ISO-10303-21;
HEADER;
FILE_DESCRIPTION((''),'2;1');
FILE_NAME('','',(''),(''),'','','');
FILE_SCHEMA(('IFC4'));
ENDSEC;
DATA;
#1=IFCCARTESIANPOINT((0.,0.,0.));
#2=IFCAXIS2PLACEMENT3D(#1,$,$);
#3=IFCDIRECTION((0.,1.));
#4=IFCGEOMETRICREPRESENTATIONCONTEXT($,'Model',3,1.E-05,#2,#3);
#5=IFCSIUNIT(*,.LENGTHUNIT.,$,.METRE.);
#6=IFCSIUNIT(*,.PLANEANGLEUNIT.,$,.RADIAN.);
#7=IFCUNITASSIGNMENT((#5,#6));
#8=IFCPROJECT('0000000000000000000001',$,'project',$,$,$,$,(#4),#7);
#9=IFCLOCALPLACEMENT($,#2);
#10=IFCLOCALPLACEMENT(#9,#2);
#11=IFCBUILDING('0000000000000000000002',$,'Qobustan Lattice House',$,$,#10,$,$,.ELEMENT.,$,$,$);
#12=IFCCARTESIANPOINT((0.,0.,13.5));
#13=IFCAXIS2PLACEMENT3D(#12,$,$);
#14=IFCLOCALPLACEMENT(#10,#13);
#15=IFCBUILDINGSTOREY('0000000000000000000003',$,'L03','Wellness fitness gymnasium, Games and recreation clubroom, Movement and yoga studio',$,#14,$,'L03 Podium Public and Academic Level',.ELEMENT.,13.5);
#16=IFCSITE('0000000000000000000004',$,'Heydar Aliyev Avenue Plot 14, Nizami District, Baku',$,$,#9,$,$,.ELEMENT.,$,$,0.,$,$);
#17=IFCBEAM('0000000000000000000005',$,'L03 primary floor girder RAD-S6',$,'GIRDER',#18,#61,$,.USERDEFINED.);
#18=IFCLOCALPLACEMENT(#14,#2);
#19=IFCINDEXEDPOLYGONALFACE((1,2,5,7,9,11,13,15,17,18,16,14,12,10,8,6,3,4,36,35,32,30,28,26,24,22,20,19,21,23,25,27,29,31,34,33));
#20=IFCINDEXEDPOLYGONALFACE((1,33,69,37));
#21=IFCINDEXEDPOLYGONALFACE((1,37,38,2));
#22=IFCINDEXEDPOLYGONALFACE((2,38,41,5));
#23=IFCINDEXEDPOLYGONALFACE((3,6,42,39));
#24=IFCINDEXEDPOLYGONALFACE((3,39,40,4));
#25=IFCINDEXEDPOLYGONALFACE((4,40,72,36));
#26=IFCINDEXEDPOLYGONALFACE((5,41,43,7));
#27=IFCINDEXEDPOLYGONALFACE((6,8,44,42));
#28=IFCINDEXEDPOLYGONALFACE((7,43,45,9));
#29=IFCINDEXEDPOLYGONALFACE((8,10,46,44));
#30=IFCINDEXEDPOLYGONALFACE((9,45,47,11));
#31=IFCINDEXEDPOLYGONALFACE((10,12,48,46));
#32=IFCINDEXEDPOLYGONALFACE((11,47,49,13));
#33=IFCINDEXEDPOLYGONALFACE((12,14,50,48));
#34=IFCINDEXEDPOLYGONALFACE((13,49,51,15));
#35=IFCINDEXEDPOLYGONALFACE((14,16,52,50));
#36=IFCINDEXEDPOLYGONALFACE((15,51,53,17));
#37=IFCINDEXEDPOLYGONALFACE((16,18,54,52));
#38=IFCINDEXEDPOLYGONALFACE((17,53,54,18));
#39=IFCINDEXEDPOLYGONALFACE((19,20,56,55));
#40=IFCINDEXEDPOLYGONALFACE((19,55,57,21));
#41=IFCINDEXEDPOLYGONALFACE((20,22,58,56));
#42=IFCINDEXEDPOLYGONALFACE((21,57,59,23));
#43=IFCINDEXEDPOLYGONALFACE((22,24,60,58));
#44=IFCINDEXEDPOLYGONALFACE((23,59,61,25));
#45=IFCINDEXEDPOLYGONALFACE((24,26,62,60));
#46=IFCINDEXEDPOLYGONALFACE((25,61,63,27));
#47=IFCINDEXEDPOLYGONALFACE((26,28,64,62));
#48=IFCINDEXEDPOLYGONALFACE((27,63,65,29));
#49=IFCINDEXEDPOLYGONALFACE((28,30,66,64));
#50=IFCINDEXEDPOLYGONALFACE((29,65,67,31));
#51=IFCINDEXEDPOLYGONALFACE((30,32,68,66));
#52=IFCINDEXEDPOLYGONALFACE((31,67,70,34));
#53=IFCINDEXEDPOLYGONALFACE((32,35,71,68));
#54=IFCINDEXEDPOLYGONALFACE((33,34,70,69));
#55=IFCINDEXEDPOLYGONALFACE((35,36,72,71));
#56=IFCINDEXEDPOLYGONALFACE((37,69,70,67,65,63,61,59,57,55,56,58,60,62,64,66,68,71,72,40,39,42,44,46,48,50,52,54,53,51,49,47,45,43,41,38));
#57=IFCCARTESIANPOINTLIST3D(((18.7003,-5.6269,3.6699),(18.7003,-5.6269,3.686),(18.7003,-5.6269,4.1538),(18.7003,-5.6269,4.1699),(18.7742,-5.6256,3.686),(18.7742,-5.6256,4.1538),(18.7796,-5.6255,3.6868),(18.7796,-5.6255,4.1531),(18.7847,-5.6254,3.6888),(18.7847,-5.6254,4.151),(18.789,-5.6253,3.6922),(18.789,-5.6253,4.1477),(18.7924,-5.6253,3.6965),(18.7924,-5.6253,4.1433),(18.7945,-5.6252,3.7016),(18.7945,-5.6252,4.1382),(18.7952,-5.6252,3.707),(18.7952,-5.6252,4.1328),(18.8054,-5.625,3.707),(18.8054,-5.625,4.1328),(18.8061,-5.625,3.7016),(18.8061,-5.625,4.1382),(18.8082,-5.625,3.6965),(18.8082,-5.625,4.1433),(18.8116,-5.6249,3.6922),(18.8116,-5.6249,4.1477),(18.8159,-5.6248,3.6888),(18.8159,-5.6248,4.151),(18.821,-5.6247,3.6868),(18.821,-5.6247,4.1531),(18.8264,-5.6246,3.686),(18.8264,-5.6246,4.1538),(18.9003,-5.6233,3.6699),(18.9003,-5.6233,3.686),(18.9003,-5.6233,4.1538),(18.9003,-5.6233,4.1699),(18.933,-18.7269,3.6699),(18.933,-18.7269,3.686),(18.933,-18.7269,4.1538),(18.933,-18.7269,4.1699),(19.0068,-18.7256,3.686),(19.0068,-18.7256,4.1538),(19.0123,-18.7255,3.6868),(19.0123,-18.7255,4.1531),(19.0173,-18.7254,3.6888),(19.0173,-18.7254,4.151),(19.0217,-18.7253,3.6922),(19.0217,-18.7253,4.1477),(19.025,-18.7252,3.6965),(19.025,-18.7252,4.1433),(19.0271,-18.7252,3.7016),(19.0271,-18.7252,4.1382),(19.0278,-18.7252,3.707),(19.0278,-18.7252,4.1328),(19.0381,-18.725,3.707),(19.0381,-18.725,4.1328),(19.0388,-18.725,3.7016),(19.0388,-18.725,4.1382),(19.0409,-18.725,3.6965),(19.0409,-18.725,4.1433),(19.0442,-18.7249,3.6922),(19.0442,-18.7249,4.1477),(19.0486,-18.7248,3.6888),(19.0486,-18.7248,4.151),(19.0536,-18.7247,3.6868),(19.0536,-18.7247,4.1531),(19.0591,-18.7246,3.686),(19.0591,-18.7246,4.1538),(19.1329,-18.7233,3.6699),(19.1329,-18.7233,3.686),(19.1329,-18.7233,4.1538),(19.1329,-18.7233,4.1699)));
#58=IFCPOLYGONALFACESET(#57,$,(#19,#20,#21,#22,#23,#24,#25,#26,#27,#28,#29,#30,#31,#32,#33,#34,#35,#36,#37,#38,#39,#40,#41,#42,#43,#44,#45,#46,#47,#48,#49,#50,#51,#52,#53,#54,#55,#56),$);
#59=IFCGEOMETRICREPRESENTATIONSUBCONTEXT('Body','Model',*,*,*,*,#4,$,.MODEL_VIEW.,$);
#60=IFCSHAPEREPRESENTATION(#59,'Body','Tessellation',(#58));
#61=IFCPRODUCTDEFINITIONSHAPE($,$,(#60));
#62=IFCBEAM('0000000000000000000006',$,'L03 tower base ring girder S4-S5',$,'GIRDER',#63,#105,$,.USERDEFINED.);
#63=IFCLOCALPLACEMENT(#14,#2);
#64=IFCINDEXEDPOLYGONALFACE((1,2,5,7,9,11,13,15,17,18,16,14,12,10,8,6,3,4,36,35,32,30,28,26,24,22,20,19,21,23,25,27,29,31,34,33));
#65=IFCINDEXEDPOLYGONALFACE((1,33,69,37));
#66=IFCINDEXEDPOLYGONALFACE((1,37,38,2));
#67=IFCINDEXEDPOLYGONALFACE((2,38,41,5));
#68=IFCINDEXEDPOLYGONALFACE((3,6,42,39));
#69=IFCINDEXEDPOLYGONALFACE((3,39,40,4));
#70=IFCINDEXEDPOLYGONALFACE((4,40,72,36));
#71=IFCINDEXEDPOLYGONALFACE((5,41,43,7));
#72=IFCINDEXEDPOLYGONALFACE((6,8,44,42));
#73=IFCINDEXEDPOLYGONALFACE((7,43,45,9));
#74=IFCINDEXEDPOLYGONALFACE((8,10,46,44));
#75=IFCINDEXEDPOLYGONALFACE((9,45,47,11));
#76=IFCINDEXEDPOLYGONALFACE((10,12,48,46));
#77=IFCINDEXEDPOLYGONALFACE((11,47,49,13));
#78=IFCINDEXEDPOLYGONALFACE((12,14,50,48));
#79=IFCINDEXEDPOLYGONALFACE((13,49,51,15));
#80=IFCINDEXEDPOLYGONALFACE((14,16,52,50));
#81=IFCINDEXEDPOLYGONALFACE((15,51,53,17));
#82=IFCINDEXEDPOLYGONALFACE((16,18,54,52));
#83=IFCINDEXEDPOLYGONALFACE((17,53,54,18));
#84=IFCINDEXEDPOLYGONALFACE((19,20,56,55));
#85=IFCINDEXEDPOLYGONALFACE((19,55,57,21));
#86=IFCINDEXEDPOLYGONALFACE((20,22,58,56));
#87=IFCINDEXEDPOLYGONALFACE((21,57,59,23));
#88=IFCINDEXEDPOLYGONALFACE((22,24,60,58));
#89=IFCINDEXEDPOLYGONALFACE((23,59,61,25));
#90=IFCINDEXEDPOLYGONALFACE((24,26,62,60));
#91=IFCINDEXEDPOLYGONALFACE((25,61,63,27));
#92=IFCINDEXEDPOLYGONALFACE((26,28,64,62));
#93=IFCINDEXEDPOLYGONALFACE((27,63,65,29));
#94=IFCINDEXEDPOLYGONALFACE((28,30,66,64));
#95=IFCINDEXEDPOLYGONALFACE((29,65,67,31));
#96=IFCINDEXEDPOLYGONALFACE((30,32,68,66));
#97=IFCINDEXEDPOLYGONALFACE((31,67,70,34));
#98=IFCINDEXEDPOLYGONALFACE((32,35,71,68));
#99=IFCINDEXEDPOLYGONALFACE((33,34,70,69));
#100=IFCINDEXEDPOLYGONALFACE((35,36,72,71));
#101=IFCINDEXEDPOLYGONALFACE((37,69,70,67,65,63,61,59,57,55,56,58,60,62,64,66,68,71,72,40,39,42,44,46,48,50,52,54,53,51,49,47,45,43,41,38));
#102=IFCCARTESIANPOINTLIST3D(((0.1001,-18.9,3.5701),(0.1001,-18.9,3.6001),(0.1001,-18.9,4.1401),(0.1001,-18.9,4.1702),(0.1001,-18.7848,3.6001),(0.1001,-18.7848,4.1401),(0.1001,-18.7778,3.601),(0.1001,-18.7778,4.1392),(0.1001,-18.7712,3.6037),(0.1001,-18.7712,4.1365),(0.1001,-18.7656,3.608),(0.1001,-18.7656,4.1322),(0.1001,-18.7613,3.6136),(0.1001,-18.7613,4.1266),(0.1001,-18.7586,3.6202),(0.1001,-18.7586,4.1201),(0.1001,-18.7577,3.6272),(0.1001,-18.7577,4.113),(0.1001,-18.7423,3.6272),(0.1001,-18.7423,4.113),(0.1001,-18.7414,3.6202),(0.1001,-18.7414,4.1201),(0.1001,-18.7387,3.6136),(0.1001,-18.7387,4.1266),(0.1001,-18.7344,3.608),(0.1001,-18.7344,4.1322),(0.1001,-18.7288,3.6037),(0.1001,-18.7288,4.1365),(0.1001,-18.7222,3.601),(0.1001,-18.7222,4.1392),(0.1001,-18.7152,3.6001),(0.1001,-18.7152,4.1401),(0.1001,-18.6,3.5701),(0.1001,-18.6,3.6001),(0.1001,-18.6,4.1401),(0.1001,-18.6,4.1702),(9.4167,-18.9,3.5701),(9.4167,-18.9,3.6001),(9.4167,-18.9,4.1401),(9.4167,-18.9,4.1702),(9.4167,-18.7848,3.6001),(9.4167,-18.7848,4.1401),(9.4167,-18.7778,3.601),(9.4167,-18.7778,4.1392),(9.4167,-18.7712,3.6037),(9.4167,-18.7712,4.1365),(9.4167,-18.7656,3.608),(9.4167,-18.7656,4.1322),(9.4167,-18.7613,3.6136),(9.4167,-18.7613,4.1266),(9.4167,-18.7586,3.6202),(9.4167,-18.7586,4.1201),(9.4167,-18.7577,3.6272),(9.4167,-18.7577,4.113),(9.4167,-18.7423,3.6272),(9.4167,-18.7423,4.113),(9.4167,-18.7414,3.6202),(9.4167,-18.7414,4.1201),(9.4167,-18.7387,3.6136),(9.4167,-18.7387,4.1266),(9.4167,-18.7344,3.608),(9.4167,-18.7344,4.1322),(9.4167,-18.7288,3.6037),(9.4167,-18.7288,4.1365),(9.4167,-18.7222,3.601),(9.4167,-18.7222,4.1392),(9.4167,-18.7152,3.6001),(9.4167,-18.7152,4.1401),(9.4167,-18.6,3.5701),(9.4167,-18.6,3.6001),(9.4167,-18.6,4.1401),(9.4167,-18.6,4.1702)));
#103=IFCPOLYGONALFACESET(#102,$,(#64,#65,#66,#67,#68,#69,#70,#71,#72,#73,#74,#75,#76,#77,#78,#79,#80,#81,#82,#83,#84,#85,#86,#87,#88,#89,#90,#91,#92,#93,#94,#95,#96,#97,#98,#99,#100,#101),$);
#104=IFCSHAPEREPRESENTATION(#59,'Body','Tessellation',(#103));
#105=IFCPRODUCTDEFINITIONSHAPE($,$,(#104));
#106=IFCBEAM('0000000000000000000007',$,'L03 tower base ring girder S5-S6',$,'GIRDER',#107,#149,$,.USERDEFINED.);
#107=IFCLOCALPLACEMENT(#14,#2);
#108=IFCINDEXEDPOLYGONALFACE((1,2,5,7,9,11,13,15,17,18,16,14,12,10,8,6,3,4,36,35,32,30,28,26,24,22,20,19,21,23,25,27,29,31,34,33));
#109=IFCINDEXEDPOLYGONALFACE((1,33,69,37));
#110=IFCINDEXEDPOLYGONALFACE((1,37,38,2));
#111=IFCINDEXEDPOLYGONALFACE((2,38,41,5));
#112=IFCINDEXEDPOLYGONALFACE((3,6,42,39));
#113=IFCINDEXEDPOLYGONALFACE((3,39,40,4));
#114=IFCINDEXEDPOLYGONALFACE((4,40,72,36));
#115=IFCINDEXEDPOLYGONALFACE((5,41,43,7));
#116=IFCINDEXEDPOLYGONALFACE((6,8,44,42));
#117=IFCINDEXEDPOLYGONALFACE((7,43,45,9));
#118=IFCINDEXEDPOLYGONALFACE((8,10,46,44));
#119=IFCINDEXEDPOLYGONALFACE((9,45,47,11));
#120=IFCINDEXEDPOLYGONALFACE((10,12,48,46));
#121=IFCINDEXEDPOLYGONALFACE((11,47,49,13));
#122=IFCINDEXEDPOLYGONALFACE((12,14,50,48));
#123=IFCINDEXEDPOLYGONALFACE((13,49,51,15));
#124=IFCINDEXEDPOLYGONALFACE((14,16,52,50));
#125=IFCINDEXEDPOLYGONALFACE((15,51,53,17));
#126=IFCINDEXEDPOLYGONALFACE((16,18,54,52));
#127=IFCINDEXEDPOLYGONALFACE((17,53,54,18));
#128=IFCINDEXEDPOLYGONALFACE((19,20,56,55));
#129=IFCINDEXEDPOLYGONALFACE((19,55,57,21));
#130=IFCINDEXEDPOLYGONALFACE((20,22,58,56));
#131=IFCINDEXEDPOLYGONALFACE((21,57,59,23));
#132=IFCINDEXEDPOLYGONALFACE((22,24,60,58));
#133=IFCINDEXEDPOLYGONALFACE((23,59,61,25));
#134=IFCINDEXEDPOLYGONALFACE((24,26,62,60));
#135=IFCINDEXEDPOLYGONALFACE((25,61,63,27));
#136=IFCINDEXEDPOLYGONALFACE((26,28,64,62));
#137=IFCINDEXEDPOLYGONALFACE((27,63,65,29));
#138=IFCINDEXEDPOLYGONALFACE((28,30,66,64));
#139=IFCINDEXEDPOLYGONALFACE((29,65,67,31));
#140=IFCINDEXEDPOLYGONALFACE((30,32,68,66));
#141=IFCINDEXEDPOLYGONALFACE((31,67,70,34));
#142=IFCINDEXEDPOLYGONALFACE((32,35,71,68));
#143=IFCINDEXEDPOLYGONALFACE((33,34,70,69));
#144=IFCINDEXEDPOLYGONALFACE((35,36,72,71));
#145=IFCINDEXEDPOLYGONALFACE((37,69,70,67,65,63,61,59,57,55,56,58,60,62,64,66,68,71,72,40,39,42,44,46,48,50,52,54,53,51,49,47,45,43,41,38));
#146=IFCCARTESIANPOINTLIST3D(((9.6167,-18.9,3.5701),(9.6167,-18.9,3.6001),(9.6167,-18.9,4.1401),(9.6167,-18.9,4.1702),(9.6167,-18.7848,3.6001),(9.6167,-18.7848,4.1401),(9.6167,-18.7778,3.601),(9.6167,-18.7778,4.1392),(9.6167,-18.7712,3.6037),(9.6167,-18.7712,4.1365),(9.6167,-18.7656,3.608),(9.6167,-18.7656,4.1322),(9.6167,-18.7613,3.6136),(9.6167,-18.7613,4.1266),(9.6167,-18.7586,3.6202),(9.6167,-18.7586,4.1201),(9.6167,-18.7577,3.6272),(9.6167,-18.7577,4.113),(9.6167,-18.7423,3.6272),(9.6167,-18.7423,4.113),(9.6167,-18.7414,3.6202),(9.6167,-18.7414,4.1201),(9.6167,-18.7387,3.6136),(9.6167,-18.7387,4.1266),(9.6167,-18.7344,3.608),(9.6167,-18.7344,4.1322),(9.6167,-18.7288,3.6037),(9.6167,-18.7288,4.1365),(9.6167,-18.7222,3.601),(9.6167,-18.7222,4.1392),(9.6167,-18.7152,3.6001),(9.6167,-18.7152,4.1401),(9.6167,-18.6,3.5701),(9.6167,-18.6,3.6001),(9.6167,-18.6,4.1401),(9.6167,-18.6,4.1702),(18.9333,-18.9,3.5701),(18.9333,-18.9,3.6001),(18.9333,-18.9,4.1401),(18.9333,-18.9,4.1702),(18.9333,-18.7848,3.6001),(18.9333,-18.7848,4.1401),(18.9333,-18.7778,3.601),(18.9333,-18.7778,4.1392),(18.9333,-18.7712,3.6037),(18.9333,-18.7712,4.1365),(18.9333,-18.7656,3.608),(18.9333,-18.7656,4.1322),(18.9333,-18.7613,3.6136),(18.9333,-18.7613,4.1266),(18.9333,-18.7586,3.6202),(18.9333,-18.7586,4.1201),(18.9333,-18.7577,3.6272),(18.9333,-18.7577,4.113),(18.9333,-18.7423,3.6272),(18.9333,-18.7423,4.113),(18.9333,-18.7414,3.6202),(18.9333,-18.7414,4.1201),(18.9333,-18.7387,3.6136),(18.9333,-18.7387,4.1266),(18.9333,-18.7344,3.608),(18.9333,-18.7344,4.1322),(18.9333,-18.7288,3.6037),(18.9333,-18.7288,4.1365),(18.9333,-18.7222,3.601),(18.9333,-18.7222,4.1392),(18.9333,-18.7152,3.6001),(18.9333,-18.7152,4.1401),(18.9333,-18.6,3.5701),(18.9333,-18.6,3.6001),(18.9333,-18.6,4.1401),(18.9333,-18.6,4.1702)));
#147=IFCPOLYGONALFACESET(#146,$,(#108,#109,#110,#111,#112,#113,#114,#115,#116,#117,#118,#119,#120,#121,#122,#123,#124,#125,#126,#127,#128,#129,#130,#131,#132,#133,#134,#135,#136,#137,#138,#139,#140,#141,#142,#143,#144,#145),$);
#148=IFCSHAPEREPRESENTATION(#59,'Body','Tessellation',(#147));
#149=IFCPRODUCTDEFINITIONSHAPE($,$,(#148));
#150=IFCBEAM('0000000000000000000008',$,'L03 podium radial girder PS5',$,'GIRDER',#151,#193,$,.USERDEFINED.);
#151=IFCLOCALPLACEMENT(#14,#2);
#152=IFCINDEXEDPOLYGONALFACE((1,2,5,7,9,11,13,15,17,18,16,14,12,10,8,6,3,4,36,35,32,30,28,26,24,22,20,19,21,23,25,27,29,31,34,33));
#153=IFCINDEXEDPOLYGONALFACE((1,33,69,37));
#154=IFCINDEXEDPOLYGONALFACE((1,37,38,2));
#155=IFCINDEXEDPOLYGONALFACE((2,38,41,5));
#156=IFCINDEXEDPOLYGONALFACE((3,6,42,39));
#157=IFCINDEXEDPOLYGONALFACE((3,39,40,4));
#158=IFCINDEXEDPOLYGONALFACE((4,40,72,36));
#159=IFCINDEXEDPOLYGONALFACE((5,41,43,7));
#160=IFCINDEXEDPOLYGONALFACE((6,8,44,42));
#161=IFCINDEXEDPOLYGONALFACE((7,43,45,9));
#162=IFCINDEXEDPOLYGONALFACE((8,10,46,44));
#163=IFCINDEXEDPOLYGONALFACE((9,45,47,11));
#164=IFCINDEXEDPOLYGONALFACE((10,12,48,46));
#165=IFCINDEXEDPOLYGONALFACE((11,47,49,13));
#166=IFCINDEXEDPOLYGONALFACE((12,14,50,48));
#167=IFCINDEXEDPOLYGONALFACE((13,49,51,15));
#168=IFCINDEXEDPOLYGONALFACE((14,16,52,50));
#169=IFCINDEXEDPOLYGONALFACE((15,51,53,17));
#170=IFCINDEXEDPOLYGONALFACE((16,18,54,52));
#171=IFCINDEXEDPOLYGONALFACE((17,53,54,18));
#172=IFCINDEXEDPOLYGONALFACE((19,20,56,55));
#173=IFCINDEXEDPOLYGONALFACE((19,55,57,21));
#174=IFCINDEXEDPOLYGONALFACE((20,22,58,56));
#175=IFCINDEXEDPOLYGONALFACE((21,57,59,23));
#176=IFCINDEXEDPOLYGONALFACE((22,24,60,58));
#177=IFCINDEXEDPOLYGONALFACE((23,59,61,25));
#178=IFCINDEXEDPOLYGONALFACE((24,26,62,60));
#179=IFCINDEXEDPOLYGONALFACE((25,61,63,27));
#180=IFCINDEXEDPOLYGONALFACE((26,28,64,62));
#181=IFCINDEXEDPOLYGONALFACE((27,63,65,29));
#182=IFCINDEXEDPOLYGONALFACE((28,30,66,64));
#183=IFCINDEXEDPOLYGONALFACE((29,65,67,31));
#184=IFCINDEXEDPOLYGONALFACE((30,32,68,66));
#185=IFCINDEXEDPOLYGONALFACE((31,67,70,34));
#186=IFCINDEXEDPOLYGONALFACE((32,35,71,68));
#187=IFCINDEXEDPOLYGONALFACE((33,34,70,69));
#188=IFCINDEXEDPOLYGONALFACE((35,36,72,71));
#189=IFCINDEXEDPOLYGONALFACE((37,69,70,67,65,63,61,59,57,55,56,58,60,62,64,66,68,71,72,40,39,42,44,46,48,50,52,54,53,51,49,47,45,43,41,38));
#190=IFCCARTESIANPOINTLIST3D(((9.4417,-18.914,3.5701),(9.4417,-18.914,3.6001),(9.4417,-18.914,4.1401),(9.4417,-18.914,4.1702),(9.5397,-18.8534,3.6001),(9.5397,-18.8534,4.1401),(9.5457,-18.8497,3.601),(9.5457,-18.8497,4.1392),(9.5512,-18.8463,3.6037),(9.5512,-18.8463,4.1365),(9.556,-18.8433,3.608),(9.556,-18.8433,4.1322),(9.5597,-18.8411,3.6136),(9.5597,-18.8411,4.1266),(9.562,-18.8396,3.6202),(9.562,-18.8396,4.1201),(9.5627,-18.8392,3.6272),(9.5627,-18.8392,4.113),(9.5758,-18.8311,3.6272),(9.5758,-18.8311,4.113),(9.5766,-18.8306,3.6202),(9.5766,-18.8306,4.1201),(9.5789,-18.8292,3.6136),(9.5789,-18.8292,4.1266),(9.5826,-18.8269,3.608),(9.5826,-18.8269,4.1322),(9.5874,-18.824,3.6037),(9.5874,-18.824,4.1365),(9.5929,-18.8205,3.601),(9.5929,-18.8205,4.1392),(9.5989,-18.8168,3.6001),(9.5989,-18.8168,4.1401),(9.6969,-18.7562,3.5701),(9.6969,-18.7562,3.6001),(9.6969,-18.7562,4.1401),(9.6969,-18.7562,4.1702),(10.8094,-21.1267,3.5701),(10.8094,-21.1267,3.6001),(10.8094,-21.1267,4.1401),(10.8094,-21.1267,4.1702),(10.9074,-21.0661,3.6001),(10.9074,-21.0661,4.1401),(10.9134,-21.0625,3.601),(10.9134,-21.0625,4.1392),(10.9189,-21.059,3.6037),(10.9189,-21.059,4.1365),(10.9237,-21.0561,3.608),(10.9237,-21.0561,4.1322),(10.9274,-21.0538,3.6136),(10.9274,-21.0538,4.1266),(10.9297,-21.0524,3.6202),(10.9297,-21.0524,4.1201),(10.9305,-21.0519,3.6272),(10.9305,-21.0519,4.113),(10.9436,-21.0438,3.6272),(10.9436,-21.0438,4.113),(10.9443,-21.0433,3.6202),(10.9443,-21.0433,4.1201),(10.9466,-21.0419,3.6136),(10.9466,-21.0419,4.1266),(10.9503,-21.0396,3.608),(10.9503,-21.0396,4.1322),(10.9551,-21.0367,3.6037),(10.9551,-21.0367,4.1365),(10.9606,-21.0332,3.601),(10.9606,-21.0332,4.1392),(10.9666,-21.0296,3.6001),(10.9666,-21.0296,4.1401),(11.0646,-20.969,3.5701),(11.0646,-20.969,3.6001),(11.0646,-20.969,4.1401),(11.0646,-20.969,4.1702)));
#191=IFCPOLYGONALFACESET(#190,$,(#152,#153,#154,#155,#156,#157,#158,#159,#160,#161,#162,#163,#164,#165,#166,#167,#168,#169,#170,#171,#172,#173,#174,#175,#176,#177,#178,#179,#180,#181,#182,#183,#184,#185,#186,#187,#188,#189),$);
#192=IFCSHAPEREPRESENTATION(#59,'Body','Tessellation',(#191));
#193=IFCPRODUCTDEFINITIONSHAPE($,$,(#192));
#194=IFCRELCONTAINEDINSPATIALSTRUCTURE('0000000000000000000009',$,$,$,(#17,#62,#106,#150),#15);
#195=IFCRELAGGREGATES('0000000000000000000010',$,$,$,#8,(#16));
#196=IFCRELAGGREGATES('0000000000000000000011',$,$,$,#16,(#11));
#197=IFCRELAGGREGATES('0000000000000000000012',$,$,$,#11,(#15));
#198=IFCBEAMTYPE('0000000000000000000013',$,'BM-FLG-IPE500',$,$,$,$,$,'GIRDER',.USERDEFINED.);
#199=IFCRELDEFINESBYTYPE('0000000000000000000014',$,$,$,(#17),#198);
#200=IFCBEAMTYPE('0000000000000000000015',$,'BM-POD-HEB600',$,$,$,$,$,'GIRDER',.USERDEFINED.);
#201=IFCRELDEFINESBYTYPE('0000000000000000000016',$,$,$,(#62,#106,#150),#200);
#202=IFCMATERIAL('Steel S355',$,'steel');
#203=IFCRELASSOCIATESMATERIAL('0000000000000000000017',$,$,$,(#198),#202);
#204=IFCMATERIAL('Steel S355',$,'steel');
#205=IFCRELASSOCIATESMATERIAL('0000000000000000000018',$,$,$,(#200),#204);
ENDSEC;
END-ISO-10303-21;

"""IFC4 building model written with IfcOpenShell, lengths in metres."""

from ifc_helpers import new_model, si_unit, direction, frame, origin, origin_2d, place, context, subcontext, project, spatial, i_section, extrude, material, material_profile, profile_set, type_object, element, save


model = new_model("IFC4")

# Units and contexts
model_context = context("Model", 3, precision=1e-05, world=origin(), true_north=direction((0.0, 1.0)))
body_context = subcontext(model_context, "Body", "Model", "MODEL_VIEW")
ifc_project = project(units=[si_unit("LENGTHUNIT", "METRE"), si_unit("PLANEANGLEUNIT", "RADIAN")], contexts=[model_context])

# Site, building, storey
site_placement = place(None, origin())
site = spatial("IfcSite", under=ifc_project, at=site_placement, Name="Heydar Aliyev Avenue Plot 14, Nizami District, Baku", CompositionType="ELEMENT", RefElevation=0.0)
building_placement = place(site_placement, origin())
building = spatial("IfcBuilding", under=site, at=building_placement, Name="Qobustan Lattice House", CompositionType="ELEMENT")
storey_placement = place(building_placement, frame((0.0, 0.0, 13.5)))
storey = spatial("IfcBuildingStorey", under=building, at=storey_placement, Name="L03", Description="Wellness fitness gymnasium, Games and recreation clubroom, Movement and yoga studio", LongName="L03 Podium Public and Academic Level", CompositionType="ELEMENT", Elevation=13.5)

# Beams
ifc_material_1 = material(Name="Steel S355", Category="steel")
ifc_material_profile_1 = material_profile(ifc_material_1, i_section(OverallWidth=0.2, OverallDepth=0.5, WebThickness=0.0103, FlangeThickness=0.0161, FilletRadius=0.021, at=origin_2d()), Name="IPE500")
ifc_profile_set_1 = profile_set([ifc_material_profile_1], Name="Steel S355")
beam_type_1 = type_object("IfcBeamType", Name="BM-FLG-IPE500", ElementType="GIRDER", PredefinedType="USERDEFINED", material=ifc_profile_set_1)
beam_1_placement = place(storey_placement, frame((19.033, -18.7251, 3.9199), z_axis=(-0.017758, 0.999842, 0.0), x_axis=(-0.999842, -0.017758, 0.0)))
element("IfcBeam", 1, at=beam_1_placement, inside=storey, type_object=beam_type_1, Name="L03 primary floor girder RAD-S6", ObjectType="GIRDER", PredefinedType="USERDEFINED", context=body_context, shape_type="SweptSolid", body=[
    extrude(i_section(OverallWidth=0.2, OverallDepth=0.5, WebThickness=0.0103, FlangeThickness=0.0161, FilletRadius=0.021, at=origin_2d()), origin(), (0.0, 0.0, 1.0), 13.1021),
])
ifc_material_2 = material(Name="Steel S355", Category="steel")
ifc_material_profile_2 = material_profile(ifc_material_2, i_section(OverallWidth=0.3, OverallDepth=0.6001, WebThickness=0.0154, FlangeThickness=0.03, FilletRadius=0.0271, at=origin_2d()), Name="HEB600")
ifc_profile_set_2 = profile_set([ifc_material_profile_2], Name="Steel S355")
beam_type_2 = type_object("IfcBeamType", Name="BM-POD-HEB600", ElementType="GIRDER", PredefinedType="USERDEFINED", material=ifc_profile_set_2)
for number, where, z_axis, x_axis, name in (
    (2, (0.1001, -18.75, 3.8701), (1.0, 0.0, 0.0), (0.0, 1.0, 0.0), "L03 tower base ring girder S4-S5"),
    (3, (9.6167, -18.75, 3.8701), (1.0, 0.0, 0.0), (0.0, 1.0, 0.0), "L03 tower base ring girder S5-S6"),
):
    element("IfcBeam", number, at=place(storey_placement, frame(where, z_axis=z_axis, x_axis=x_axis)), inside=storey, type_object=beam_type_2, Name=name, ObjectType="GIRDER", PredefinedType="USERDEFINED", context=body_context, shape_type="SweptSolid", body=[
        extrude(i_section(OverallWidth=0.3, OverallDepth=0.6001, WebThickness=0.0154, FlangeThickness=0.03, FilletRadius=0.0271, at=origin_2d()), origin(), (0.0, 0.0, 1.0), 9.3167),
    ])
beam_2_placement = place(storey_placement, frame((10.937, -21.0479, 3.8701), z_axis=(-0.525783, 0.850619, 0.0), x_axis=(-0.850619, -0.525783, 0.0)))
element("IfcBeam", 4, at=beam_2_placement, inside=storey, type_object=beam_type_2, Name="L03 podium radial girder PS5", ObjectType="GIRDER", PredefinedType="USERDEFINED", context=body_context, shape_type="SweptSolid", body=[
    extrude(i_section(OverallWidth=0.3, OverallDepth=0.6001, WebThickness=0.0154, FlangeThickness=0.03, FilletRadius=0.0271, at=origin_2d()), origin(), (0.0, 0.0, 1.0), 2.6013),
])

save(model, "model.ifc")
